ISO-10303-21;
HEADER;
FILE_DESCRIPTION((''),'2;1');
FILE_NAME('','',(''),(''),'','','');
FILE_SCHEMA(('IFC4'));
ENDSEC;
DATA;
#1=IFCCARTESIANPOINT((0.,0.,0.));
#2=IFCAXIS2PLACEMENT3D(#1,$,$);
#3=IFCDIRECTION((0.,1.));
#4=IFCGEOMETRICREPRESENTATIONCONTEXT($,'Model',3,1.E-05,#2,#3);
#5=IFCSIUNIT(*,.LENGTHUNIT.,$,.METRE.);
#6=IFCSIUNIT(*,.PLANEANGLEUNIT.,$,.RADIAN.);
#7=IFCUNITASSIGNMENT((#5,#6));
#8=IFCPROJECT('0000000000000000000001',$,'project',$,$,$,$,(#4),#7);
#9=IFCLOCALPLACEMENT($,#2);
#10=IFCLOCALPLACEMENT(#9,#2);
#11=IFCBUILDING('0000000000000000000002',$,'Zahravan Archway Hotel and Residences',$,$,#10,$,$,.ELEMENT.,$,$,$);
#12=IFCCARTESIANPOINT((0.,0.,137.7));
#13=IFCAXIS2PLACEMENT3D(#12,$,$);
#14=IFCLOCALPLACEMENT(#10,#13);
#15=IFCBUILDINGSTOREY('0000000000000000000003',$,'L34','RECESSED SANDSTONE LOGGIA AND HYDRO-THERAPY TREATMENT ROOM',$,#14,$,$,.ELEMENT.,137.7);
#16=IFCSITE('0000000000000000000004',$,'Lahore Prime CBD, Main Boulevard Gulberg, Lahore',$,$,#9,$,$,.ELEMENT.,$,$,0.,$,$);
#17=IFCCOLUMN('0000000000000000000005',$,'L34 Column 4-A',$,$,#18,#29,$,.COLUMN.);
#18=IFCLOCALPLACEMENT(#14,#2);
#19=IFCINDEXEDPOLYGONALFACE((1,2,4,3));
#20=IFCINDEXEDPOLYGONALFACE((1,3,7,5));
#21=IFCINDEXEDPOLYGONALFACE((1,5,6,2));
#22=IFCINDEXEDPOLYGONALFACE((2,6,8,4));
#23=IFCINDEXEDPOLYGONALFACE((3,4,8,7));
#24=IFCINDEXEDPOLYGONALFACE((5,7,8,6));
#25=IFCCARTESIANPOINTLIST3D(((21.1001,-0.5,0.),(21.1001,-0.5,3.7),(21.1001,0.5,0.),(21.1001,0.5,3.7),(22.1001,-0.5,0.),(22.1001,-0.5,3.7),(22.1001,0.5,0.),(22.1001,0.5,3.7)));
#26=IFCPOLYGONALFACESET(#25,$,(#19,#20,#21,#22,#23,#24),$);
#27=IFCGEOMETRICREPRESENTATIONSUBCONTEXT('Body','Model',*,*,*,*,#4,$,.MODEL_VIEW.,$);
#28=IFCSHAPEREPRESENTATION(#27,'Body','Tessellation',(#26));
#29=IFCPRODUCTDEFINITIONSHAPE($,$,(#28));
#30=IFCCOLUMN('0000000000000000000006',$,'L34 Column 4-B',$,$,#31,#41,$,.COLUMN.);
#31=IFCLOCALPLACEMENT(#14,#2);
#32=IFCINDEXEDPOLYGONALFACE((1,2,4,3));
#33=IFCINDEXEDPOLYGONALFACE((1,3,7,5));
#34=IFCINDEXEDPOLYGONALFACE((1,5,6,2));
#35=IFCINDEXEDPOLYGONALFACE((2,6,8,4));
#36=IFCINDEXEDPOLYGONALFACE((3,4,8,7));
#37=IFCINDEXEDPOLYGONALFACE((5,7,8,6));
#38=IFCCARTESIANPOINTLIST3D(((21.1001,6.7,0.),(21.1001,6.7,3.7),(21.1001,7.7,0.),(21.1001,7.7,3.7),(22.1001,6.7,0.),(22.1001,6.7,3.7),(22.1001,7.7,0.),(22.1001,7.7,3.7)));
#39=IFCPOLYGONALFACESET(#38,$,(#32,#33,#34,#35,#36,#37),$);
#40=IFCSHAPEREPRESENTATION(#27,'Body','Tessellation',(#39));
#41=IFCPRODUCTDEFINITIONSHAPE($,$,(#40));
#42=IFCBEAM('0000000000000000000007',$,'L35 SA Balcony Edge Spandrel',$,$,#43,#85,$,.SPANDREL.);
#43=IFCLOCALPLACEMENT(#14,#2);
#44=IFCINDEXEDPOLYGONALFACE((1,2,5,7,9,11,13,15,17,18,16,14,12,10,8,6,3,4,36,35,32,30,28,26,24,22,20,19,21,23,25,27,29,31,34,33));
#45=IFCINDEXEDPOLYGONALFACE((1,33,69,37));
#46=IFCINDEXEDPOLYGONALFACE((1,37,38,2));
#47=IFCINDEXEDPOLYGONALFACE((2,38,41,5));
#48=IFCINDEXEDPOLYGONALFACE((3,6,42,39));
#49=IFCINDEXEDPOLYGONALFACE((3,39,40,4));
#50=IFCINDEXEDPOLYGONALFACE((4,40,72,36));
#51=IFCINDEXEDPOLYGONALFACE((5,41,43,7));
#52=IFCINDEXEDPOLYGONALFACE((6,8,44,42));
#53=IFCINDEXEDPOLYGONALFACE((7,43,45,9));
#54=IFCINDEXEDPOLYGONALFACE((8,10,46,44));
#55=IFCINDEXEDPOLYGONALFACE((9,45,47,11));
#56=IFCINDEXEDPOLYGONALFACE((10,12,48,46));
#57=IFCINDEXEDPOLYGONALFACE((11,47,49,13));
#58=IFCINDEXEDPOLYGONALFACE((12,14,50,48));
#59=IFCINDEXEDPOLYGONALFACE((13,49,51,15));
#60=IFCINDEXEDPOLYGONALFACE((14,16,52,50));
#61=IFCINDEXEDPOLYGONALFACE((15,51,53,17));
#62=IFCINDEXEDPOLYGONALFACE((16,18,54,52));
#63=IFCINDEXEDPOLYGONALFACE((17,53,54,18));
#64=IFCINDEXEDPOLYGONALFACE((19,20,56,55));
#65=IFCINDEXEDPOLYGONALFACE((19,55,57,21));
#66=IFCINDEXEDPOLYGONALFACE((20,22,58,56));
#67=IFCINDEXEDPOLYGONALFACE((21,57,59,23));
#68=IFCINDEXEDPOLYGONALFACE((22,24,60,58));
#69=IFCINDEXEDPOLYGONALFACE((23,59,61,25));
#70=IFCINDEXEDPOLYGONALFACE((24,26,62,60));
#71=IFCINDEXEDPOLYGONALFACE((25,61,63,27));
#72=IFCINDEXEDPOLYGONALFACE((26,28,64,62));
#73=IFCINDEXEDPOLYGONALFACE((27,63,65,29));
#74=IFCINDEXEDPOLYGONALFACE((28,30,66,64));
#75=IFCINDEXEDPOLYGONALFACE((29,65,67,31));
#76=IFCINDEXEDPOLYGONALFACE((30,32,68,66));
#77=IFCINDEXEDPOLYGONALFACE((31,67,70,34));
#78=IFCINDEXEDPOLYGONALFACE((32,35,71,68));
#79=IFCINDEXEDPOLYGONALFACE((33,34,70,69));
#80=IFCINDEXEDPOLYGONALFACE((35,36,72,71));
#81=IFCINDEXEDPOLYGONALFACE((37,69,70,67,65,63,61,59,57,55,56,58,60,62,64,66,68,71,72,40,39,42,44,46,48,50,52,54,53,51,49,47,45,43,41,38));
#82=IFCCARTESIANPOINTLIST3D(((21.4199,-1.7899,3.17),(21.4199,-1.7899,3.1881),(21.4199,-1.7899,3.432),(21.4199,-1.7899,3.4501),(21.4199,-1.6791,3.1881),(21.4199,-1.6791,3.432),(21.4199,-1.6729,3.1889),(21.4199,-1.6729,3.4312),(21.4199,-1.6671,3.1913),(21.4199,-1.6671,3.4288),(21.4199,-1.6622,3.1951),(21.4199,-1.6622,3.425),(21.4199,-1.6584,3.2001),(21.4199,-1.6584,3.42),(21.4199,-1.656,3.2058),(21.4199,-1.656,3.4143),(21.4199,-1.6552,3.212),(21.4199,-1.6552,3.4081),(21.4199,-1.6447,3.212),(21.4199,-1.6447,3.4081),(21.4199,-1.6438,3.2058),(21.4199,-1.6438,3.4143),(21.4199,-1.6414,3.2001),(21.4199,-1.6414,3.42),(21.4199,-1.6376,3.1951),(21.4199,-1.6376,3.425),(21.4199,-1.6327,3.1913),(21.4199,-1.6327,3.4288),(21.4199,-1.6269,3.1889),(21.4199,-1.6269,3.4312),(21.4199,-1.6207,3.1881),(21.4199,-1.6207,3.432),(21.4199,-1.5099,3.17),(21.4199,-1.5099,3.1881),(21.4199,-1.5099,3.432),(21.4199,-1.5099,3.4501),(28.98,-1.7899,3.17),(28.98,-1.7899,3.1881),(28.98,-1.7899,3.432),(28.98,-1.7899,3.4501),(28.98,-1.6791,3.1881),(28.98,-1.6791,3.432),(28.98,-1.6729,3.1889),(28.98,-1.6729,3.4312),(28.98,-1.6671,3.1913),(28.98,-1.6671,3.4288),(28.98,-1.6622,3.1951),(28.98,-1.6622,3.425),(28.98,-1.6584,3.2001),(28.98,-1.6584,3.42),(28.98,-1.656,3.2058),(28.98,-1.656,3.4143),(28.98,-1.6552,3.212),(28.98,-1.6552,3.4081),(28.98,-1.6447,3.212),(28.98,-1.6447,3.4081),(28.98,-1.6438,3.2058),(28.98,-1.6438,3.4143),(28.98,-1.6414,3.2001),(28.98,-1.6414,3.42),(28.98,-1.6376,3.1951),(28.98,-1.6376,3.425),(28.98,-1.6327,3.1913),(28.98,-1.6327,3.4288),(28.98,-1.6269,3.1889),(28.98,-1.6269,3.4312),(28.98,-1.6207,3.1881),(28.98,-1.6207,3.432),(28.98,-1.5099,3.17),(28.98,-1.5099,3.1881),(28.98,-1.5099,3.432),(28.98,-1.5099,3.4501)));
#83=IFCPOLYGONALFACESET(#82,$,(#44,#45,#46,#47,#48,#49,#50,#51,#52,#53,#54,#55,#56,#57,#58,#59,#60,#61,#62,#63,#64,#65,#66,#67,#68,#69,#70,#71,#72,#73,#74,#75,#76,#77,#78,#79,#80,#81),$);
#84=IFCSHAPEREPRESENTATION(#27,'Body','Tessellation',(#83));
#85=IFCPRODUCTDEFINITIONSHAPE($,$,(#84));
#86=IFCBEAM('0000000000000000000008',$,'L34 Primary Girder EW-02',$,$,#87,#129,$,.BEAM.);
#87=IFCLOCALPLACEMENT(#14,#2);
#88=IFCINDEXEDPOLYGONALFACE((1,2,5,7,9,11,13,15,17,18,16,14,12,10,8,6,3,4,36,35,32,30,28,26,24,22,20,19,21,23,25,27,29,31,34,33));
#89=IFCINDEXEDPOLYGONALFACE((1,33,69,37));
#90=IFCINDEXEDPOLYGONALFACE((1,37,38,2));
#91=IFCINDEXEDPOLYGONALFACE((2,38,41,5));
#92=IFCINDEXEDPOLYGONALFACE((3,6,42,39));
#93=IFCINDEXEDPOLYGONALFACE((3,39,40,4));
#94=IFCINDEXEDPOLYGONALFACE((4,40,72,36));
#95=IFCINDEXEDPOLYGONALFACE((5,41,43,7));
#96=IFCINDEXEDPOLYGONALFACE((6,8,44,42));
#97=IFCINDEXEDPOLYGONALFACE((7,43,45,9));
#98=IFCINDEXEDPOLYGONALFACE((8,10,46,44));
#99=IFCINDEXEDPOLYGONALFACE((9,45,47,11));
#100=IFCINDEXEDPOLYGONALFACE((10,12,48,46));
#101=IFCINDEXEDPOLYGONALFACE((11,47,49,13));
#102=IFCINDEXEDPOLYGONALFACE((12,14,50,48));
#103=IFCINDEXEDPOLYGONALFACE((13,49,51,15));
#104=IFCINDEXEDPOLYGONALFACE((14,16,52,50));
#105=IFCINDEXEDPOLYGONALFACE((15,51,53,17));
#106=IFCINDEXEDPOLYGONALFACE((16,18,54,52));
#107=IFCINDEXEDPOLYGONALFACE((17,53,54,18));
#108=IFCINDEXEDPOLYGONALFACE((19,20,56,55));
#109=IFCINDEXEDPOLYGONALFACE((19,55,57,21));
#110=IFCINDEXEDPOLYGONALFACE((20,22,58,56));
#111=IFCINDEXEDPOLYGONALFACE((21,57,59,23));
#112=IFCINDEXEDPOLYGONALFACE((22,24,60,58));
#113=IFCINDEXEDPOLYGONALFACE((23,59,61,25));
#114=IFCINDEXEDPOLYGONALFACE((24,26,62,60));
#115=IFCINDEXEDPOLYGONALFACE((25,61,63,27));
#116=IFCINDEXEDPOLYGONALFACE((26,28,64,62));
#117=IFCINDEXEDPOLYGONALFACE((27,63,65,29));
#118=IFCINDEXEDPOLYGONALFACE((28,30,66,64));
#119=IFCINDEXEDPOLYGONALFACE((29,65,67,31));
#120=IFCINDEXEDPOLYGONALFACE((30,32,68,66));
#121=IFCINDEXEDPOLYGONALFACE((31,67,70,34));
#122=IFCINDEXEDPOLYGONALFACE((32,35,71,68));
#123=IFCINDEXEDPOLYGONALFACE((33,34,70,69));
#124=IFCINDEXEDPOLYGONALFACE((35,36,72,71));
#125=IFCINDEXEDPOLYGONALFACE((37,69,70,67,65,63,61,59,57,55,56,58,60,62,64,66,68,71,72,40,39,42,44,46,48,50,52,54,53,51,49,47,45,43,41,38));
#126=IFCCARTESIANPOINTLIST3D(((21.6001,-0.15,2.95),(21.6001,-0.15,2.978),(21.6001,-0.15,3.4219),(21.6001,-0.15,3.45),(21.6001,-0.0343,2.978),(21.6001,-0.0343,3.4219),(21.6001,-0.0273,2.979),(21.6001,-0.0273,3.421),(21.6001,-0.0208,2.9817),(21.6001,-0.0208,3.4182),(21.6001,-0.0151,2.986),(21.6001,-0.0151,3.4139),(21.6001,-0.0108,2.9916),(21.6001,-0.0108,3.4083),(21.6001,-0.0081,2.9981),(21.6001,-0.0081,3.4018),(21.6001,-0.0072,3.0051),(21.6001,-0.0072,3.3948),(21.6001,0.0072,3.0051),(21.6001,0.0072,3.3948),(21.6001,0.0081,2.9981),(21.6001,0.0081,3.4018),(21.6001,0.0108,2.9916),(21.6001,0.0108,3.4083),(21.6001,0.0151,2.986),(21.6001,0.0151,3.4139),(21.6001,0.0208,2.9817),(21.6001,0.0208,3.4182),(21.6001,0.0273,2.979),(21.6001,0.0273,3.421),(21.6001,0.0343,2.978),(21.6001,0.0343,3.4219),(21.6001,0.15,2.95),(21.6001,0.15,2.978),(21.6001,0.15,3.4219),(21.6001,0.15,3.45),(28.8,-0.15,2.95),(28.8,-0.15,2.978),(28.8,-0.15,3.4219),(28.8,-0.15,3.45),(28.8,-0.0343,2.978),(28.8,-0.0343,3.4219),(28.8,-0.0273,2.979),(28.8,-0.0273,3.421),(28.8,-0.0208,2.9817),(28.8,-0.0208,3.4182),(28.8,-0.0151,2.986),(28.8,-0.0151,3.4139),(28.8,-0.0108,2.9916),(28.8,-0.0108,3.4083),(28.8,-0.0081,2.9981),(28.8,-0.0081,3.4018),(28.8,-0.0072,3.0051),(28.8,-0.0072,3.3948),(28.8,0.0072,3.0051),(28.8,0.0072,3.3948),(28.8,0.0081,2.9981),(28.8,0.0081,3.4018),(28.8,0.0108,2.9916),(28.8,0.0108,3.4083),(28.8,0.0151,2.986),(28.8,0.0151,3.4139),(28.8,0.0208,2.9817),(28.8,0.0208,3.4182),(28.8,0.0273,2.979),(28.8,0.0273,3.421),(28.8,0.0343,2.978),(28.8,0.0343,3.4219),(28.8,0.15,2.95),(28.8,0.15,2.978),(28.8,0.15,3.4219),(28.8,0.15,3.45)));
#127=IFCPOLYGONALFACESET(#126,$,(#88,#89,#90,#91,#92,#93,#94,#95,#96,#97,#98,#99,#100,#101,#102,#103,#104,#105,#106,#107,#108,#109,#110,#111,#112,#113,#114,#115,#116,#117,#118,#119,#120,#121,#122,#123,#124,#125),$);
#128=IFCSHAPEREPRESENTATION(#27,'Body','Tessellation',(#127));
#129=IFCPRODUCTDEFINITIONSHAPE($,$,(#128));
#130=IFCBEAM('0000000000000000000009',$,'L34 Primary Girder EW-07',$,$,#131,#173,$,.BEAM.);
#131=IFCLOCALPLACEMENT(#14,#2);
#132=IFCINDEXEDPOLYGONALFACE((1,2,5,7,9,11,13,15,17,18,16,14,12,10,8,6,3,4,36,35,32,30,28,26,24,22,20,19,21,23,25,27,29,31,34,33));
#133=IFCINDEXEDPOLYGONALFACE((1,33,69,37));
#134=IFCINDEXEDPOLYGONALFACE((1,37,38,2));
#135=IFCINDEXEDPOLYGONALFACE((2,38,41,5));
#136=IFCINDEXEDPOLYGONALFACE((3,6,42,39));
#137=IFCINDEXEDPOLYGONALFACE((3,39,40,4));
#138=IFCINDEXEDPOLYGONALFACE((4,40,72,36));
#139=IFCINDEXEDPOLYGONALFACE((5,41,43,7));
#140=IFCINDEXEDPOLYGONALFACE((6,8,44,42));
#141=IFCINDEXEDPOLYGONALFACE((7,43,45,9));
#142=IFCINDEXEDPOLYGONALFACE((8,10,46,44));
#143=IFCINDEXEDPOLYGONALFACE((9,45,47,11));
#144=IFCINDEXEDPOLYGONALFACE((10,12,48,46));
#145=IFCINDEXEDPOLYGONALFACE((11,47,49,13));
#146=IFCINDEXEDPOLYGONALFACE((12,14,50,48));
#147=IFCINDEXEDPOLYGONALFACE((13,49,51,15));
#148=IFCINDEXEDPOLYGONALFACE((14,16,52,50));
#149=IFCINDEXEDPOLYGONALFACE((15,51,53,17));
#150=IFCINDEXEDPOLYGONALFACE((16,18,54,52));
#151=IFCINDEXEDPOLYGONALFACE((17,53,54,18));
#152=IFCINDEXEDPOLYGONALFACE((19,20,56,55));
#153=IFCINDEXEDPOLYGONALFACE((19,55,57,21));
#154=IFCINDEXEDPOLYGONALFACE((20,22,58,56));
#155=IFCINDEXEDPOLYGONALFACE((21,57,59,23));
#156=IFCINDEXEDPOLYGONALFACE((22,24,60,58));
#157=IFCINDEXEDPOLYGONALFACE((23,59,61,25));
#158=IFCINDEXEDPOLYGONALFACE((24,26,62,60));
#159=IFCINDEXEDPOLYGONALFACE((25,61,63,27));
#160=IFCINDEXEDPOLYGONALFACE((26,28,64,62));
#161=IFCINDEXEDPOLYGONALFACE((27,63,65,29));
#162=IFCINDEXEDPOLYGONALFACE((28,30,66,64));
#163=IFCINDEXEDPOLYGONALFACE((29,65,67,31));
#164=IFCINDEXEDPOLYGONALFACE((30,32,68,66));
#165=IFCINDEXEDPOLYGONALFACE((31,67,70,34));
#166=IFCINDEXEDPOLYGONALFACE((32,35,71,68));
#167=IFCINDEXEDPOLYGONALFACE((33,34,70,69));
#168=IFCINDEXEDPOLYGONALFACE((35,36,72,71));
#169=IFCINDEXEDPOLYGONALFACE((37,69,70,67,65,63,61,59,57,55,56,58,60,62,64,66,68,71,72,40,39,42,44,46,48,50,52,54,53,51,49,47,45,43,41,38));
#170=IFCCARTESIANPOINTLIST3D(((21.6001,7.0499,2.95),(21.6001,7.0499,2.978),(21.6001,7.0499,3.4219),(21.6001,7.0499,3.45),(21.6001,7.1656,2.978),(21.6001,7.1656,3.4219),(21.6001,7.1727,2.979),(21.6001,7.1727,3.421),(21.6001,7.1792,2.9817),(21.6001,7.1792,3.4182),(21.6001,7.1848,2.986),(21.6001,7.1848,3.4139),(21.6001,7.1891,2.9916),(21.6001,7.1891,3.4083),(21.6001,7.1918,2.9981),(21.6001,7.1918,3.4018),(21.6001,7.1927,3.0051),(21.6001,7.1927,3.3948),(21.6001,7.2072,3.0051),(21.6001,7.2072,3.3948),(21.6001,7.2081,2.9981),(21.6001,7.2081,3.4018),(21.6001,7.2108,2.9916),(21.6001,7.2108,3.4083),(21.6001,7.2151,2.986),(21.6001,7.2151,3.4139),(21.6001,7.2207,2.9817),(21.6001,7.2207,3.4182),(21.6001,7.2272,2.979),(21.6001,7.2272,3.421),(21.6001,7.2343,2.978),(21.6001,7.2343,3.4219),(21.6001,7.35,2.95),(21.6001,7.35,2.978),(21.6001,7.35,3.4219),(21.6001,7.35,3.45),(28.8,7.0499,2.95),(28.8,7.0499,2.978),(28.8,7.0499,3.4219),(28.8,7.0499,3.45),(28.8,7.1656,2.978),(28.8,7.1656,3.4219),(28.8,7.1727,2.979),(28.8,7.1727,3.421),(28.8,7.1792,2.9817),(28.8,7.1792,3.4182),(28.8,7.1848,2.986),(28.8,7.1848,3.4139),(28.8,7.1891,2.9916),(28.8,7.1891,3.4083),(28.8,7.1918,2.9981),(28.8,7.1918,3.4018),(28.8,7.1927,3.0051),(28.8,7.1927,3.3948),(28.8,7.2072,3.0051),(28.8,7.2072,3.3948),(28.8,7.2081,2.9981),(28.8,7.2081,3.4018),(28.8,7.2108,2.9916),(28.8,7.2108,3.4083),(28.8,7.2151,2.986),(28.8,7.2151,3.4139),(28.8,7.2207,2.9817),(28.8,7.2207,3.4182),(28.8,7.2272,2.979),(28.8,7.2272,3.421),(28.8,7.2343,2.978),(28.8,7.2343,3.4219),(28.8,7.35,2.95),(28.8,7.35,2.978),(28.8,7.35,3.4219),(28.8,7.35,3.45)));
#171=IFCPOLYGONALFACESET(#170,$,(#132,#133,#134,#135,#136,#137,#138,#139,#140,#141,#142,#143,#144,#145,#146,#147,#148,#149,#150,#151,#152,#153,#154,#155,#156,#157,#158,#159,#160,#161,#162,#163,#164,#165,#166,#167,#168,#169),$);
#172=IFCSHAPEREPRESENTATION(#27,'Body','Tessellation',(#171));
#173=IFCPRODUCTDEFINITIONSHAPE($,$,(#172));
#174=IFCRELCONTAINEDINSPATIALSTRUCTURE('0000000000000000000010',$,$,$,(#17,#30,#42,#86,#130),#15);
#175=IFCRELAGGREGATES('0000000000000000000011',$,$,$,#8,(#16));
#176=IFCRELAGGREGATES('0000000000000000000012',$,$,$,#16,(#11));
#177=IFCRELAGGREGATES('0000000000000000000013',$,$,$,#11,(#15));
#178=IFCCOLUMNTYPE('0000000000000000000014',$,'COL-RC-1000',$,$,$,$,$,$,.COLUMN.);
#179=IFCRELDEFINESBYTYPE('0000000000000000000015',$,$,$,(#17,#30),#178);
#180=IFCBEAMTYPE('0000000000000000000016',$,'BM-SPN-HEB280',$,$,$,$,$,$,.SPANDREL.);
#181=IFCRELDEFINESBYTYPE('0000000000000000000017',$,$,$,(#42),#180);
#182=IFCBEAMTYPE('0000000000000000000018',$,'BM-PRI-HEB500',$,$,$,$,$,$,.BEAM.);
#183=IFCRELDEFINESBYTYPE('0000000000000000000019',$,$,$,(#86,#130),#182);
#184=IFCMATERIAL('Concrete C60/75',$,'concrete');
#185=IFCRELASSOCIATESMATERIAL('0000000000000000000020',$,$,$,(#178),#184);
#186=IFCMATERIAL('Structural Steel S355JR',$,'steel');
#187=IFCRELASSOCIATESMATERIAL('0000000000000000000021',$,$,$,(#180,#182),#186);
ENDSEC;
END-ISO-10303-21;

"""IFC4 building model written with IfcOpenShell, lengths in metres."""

from ifc_helpers import new_model, si_unit, direction, frame, origin, origin_2d, place, context, subcontext, project, spatial, rectangle, i_section, extrude, source, transform, mapped, material, material_profile, profile_set, type_object, type_shapes, element, save


model = new_model("IFC4")

# Units and contexts
model_context = context("Model", 3, precision=1e-05, world=origin(), true_north=direction((0.0, 1.0)))
body_context = subcontext(model_context, "Body", "Model", "MODEL_VIEW")
ifc_project = project(units=[si_unit("LENGTHUNIT", "METRE"), si_unit("PLANEANGLEUNIT", "RADIAN")], contexts=[model_context])

# Site, building, storey
site_placement = place(None, origin())
site = spatial("IfcSite", under=ifc_project, at=site_placement, Name="Lahore Prime CBD, Main Boulevard Gulberg, Lahore", CompositionType="ELEMENT", RefElevation=0.0)
building_placement = place(site_placement, origin())
building = spatial("IfcBuilding", under=site, at=building_placement, Name="Zahravan Archway Hotel and Residences", CompositionType="ELEMENT")
storey_placement = place(building_placement, frame((0.0, 0.0, 137.7)))
storey = spatial("IfcBuildingStorey", under=building, at=storey_placement, Name="L34", Description="RECESSED SANDSTONE LOGGIA AND HYDRO-THERAPY TREATMENT ROOM", CompositionType="ELEMENT", Elevation=137.7)

# Columns
ifc_material_1 = material(Name="Concrete C60/75", Category="concrete")
ifc_material_profile_1 = material_profile(ifc_material_1, rectangle(XDim=1.0, YDim=1.0, at=origin_2d()), Name="RC-COL-1000x1000", Category="concrete")
ifc_profile_set_1 = profile_set([ifc_material_profile_1], Name="Concrete C60/75")
column_type = type_object("IfcColumnType", Name="COL-RC-1000", PredefinedType="COLUMN", material=ifc_profile_set_1)
shared_shape_1 = source(origin(), body_context, "Body", "SweptSolid", [
    extrude(rectangle(XDim=1.0, YDim=1.0, at=origin_2d()), origin(), (0.0, 0.0, 1.0), 3.7),
])
type_shapes(column_type, [shared_shape_1])
for number, where, z_axis, x_axis, name in (
    (1, (21.6001, 0.0, 0.0), (0.0, 0.0, 1.0), (1.0, 0.0, 0.0), "L34 Column 4-A"),
    (2, (21.6001, 7.2, 0.0), (0.0, 0.0, 1.0), (1.0, 0.0, 0.0), "L34 Column 4-B"),
):
    element("IfcColumn", number, at=place(storey_placement, frame(where, z_axis=z_axis, x_axis=x_axis)), inside=storey, type_object=column_type, Name=name, PredefinedType="COLUMN", context=body_context, shape_type="MappedRepresentation", body=[
        mapped(shared_shape_1, transform((0.0, 0.0, 0.0), scale=1.0)),
    ])

# Beams
ifc_material_2 = material(Name="Structural Steel S355JR", Category="steel")
ifc_material_profile_2 = material_profile(ifc_material_2, i_section(OverallWidth=0.28, OverallDepth=0.28, WebThickness=0.0105, FlangeThickness=0.0181, FilletRadius=0.0239, at=origin_2d()), Name="HEB 280", Category="steel")
ifc_profile_set_2 = profile_set([ifc_material_profile_2], Name="Structural Steel S355JR")
beam_type_1 = type_object("IfcBeamType", Name="BM-SPN-HEB280", PredefinedType="SPANDREL", material=ifc_profile_set_2)
shared_shape_2 = source(origin(), body_context, "Body", "SweptSolid", [
    extrude(i_section(OverallWidth=0.28, OverallDepth=0.28, WebThickness=0.0105, FlangeThickness=0.0181, FilletRadius=0.0239, at=origin_2d()), origin(), (0.0, 0.0, 1.0), 7.5601),
])
type_shapes(beam_type_1, [shared_shape_2])
beam_1_placement = place(storey_placement, frame((21.4199, -1.6499, 3.3101), z_axis=(1.0, 0.0, 0.0), x_axis=(0.0, 1.0, 0.0)))
element("IfcBeam", 3, at=beam_1_placement, inside=storey, type_object=beam_type_1, Name="L35 SA Balcony Edge Spandrel", PredefinedType="SPANDREL", context=body_context, shape_type="MappedRepresentation", body=[
    mapped(shared_shape_2, transform((0.0, 0.0, 0.0), scale=1.0)),
])
ifc_material_profile_3 = material_profile(ifc_material_2, i_section(OverallWidth=0.3, OverallDepth=0.5, WebThickness=0.0144, FlangeThickness=0.0281, FilletRadius=0.0271, at=origin_2d()), Name="HEB 500", Category="steel")
ifc_profile_set_3 = profile_set([ifc_material_profile_3], Name="Structural Steel S355JR")
beam_type_2 = type_object("IfcBeamType", Name="BM-PRI-HEB500", PredefinedType="BEAM", material=ifc_profile_set_3)
shared_shape_3 = source(origin(), body_context, "Body", "SweptSolid", [
    extrude(i_section(OverallWidth=0.3, OverallDepth=0.5, WebThickness=0.0144, FlangeThickness=0.0281, FilletRadius=0.0271, at=origin_2d()), origin(), (0.0, 0.0, 1.0), 7.2),
])
for number, where, z_axis, x_axis, name in (
    (4, (21.6001, 0.0, 3.2), (1.0, 0.0, 0.0), (0.0, 1.0, 0.0), "L34 Primary Girder EW-02"),
    (5, (21.6001, 7.2, 3.2), (1.0, 0.0, 0.0), (0.0, 1.0, 0.0), "L34 Primary Girder EW-07"),
):
    element("IfcBeam", number, at=place(storey_placement, frame(where, z_axis=z_axis, x_axis=x_axis)), inside=storey, type_object=beam_type_2, Name=name, PredefinedType="BEAM", context=body_context, shape_type="MappedRepresentation", body=[
        mapped(shared_shape_3, transform((0.0, 0.0, 0.0), scale=1.0)),
    ])

save(model, "model.ifc")
